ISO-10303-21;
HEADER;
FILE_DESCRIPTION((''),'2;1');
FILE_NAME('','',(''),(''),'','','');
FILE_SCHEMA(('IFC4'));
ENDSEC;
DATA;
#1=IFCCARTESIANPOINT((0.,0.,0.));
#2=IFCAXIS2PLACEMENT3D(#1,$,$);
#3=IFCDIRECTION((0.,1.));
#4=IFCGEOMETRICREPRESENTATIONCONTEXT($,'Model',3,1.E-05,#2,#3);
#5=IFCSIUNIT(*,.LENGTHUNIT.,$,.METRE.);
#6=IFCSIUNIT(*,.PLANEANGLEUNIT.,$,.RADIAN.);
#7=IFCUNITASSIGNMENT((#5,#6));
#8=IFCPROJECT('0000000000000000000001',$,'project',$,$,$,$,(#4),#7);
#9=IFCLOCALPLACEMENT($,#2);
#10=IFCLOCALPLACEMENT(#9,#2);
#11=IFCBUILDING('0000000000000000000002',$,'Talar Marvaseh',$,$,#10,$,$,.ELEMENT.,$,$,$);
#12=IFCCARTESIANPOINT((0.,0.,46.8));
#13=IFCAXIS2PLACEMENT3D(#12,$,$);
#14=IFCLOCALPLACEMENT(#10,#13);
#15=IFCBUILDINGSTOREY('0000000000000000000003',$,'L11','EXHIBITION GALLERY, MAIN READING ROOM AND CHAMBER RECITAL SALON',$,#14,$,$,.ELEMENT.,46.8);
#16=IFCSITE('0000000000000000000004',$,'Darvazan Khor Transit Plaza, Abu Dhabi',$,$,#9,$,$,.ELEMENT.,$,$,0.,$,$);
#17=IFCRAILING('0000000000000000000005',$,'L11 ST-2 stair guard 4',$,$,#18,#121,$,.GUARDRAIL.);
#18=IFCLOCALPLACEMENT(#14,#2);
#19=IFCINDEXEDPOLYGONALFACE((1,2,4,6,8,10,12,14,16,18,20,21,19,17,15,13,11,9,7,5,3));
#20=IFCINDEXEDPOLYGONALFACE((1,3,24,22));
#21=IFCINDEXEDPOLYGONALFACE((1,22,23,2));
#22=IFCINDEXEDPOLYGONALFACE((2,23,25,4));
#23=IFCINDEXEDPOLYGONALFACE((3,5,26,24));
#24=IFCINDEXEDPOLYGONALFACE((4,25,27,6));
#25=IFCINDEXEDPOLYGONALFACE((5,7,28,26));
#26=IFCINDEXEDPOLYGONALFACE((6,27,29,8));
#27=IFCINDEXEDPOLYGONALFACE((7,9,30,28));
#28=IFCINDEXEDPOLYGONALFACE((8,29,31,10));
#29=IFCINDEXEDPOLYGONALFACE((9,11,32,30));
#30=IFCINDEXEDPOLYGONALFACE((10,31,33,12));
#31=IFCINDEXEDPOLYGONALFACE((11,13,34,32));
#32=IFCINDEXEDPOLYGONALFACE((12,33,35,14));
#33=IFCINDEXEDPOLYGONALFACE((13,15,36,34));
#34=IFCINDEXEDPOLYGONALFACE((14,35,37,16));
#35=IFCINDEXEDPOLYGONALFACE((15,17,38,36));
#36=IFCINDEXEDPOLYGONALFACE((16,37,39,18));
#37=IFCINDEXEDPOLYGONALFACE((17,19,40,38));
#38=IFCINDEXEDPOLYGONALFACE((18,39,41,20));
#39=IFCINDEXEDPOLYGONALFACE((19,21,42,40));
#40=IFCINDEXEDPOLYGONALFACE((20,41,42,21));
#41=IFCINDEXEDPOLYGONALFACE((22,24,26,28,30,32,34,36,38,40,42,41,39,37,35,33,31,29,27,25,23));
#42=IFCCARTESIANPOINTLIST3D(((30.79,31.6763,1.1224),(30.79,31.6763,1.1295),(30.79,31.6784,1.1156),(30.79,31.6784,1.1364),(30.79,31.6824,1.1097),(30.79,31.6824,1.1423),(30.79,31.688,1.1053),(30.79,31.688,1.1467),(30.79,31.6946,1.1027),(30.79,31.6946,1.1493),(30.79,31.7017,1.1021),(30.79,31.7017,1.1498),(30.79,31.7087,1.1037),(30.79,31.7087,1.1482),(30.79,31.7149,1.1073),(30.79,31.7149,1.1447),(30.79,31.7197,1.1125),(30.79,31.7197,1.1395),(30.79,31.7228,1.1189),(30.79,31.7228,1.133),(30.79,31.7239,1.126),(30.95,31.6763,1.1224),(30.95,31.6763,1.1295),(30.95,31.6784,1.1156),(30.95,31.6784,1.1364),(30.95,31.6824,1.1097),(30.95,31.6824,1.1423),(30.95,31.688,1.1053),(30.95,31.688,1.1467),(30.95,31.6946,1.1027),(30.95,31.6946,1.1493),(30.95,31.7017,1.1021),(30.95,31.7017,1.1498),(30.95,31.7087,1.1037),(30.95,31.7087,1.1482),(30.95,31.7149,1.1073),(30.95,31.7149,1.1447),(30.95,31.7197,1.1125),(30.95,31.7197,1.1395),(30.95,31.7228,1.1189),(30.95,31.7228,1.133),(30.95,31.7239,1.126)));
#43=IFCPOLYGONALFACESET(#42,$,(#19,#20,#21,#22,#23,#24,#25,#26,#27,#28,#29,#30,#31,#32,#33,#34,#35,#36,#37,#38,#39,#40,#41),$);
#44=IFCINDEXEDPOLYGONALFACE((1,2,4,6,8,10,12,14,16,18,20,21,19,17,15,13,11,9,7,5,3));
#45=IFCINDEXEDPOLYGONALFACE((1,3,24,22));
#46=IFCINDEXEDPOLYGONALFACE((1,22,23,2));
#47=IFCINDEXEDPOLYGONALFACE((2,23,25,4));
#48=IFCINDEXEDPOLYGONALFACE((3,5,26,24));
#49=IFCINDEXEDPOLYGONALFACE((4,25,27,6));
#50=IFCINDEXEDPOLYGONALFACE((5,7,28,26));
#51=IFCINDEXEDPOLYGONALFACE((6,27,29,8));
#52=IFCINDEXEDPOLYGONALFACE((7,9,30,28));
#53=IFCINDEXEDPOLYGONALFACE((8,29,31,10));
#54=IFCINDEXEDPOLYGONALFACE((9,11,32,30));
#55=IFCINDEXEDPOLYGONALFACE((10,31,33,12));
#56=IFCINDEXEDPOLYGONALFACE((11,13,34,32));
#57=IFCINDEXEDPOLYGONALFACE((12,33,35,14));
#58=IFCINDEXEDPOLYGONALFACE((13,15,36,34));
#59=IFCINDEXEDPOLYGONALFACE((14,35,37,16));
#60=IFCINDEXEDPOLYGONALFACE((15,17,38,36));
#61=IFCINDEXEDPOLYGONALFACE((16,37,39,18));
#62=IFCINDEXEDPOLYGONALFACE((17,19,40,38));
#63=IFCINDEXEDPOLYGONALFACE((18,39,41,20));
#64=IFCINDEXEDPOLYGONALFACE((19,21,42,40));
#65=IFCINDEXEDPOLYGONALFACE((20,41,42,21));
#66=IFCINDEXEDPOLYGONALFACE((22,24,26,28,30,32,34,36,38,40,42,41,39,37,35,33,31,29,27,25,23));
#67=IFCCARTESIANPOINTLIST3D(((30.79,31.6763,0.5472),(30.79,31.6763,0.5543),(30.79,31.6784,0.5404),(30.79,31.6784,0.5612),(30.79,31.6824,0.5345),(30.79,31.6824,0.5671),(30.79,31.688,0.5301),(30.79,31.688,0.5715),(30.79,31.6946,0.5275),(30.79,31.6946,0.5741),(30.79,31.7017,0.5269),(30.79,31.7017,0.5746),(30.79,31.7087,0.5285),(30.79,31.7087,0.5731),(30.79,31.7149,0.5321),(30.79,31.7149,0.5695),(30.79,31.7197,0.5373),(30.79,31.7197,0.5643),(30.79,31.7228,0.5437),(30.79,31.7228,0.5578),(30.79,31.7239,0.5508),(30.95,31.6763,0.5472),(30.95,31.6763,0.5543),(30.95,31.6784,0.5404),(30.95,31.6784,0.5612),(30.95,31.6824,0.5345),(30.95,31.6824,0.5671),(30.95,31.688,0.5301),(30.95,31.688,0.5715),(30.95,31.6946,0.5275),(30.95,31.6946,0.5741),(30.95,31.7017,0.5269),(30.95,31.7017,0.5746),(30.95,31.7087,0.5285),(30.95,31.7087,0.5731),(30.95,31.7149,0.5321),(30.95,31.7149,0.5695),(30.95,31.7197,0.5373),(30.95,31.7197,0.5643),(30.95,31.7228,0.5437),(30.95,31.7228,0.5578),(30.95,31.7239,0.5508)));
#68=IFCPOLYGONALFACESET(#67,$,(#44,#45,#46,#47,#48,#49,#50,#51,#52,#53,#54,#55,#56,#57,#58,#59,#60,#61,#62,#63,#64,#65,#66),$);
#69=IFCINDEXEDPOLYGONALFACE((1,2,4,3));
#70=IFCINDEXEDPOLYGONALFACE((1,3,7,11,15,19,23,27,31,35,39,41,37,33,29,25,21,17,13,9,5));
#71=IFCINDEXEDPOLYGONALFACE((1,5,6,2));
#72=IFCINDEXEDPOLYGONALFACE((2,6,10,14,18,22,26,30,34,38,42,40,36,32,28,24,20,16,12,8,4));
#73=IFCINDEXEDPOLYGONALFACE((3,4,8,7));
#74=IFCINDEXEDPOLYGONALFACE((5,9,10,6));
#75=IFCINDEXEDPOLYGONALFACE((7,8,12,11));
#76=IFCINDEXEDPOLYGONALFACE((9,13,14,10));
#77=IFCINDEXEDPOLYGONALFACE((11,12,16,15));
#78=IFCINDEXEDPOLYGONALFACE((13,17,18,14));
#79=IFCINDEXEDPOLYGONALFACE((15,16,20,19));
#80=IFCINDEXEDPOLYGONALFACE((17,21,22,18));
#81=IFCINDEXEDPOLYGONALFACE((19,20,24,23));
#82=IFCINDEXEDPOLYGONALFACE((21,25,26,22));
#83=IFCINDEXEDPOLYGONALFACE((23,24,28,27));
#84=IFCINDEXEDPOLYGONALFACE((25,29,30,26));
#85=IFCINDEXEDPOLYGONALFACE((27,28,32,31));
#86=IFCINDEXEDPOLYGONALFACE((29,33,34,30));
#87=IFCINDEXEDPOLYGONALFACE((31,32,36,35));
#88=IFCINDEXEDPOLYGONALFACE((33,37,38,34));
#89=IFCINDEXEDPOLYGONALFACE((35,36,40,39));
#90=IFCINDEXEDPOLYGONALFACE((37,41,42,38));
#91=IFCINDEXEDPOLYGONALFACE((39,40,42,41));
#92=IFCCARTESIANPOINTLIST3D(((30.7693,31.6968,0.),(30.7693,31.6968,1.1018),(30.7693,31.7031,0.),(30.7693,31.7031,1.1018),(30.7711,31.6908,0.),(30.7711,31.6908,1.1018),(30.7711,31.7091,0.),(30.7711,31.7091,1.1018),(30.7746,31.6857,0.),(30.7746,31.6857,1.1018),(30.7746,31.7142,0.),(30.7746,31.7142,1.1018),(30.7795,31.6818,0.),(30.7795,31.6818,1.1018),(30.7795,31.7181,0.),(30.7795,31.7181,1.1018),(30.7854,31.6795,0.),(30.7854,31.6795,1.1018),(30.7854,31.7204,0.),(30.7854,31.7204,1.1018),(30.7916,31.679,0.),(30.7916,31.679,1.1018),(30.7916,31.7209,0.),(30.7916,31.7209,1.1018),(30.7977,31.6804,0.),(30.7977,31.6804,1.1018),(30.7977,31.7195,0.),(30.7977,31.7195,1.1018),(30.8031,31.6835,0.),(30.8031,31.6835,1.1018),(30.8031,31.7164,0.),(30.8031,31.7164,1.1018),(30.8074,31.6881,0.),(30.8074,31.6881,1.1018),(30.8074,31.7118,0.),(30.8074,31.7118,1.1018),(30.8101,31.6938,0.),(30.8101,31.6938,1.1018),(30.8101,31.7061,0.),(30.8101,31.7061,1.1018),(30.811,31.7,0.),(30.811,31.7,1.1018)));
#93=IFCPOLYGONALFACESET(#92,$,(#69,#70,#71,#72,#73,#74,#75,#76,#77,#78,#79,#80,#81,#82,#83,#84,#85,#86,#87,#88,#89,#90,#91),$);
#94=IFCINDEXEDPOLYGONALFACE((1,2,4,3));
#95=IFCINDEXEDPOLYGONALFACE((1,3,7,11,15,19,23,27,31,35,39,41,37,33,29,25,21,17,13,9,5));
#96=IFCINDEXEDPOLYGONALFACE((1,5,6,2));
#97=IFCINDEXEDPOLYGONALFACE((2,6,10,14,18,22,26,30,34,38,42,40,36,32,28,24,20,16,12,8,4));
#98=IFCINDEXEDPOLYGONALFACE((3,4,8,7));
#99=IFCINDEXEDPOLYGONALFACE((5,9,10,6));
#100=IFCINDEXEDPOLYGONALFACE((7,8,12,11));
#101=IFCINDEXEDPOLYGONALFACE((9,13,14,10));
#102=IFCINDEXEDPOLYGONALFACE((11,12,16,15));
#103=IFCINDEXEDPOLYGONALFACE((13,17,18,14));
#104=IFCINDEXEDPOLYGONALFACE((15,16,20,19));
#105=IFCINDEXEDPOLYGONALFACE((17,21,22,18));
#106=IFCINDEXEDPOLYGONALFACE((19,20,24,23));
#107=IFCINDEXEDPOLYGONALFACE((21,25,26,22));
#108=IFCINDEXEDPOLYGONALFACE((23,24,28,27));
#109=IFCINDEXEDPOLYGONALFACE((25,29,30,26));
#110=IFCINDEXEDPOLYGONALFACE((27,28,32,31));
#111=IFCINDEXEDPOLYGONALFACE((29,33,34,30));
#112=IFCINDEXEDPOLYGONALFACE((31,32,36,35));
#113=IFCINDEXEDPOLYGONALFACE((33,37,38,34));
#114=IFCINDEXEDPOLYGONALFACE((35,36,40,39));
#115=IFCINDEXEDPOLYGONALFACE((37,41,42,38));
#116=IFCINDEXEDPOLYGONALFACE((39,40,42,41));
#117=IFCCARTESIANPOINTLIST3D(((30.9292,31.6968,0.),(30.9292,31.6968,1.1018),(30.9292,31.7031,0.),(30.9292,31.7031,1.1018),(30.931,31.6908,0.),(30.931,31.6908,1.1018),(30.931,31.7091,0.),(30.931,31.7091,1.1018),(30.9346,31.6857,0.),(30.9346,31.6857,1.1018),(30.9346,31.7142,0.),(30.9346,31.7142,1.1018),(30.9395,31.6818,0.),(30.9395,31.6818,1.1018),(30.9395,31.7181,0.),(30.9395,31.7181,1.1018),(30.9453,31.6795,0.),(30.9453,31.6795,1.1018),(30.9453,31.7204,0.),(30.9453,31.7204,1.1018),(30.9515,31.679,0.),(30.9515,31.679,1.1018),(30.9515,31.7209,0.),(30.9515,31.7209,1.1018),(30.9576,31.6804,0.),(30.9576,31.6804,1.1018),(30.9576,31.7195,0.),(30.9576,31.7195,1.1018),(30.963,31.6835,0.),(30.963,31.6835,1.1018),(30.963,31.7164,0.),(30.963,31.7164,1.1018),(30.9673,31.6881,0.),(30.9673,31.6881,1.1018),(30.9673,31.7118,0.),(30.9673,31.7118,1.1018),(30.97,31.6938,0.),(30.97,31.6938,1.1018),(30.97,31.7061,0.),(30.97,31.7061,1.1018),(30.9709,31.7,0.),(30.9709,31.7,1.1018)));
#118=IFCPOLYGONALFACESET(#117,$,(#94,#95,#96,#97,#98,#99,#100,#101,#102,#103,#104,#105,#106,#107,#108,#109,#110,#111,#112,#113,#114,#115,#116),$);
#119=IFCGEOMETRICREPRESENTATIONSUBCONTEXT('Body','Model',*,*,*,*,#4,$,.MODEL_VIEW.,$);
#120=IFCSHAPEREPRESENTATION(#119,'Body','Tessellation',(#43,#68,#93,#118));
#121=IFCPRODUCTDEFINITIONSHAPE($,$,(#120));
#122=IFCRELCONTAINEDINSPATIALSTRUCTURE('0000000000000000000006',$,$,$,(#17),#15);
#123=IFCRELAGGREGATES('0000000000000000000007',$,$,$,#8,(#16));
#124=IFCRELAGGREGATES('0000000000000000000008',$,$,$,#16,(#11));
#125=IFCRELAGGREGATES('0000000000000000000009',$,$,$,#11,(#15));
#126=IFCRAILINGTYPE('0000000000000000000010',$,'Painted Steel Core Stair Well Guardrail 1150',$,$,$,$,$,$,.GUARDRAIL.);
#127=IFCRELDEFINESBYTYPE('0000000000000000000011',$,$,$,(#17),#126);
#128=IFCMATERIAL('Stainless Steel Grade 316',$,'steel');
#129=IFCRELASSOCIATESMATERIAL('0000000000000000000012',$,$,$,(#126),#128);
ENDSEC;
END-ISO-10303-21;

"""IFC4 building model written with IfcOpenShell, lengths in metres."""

from ifc_helpers import new_model, si_unit, direction, frame, origin, origin_2d, place, context, subcontext, project, spatial, circle, extrude, material, type_object, element, save


model = new_model("IFC4")

# Units and contexts
model_context = context("Model", 3, precision=1e-05, world=origin(), true_north=direction((0.0, 1.0)))
body_context = subcontext(model_context, "Body", "Model", "MODEL_VIEW")
ifc_project = project(units=[si_unit("LENGTHUNIT", "METRE"), si_unit("PLANEANGLEUNIT", "RADIAN")], contexts=[model_context])

# Site, building, storey
site_placement = place(None, origin())
site = spatial("IfcSite", under=ifc_project, at=site_placement, Name="Darvazan Khor Transit Plaza, Abu Dhabi", CompositionType="ELEMENT", RefElevation=0.0)
building_placement = place(site_placement, origin())
building = spatial("IfcBuilding", under=site, at=building_placement, Name="Talar Marvaseh", CompositionType="ELEMENT")
storey_placement = place(building_placement, frame((0.0, 0.0, 46.8)))
storey = spatial("IfcBuildingStorey", under=building, at=storey_placement, Name="L11", Description="EXHIBITION GALLERY, MAIN READING ROOM AND CHAMBER RECITAL SALON", CompositionType="ELEMENT", Elevation=46.8)

# Shared definitions
ifc_material_1 = material(Name="Stainless Steel Grade 316", Category="steel")

# Railing
railing_type = type_object("IfcRailingType", Name="Painted Steel Core Stair Well Guardrail 1150", PredefinedType="GUARDRAIL", material=ifc_material_1)
railing_1_placement = place(storey_placement, frame((30.79, 31.7, 0.0)))
element("IfcRailing", 1, at=railing_1_placement, inside=storey, type_object=railing_type, Name="L11 ST-2 stair guard 4", PredefinedType="GUARDRAIL", context=body_context, shape_type="SweptSolid", body=[
    extrude(circle(Radius=0.0239, at=origin_2d()), frame((0.0, 0.0, 1.126), z_axis=(1.0, 0.0, 0.0), x_axis=(0.0, 1.0, 0.0)), (0.0, 0.0, 1.0), 0.1599),
    extrude(circle(Radius=0.0239, at=origin_2d()), frame((0.0, 0.0, 0.5508), z_axis=(1.0, 0.0, 0.0), x_axis=(0.0, 1.0, 0.0)), (0.0, 0.0, 1.0), 0.1599),
    extrude(circle(Radius=0.021, at=origin_2d()), origin(), (0.0, 0.0, 1.0), 1.1018),
    extrude(circle(Radius=0.021, at=origin_2d()), frame((0.1599, 0.0, 0.0)), (0.0, 0.0, 1.0), 1.1018),
])

save(model, "model.ifc")
